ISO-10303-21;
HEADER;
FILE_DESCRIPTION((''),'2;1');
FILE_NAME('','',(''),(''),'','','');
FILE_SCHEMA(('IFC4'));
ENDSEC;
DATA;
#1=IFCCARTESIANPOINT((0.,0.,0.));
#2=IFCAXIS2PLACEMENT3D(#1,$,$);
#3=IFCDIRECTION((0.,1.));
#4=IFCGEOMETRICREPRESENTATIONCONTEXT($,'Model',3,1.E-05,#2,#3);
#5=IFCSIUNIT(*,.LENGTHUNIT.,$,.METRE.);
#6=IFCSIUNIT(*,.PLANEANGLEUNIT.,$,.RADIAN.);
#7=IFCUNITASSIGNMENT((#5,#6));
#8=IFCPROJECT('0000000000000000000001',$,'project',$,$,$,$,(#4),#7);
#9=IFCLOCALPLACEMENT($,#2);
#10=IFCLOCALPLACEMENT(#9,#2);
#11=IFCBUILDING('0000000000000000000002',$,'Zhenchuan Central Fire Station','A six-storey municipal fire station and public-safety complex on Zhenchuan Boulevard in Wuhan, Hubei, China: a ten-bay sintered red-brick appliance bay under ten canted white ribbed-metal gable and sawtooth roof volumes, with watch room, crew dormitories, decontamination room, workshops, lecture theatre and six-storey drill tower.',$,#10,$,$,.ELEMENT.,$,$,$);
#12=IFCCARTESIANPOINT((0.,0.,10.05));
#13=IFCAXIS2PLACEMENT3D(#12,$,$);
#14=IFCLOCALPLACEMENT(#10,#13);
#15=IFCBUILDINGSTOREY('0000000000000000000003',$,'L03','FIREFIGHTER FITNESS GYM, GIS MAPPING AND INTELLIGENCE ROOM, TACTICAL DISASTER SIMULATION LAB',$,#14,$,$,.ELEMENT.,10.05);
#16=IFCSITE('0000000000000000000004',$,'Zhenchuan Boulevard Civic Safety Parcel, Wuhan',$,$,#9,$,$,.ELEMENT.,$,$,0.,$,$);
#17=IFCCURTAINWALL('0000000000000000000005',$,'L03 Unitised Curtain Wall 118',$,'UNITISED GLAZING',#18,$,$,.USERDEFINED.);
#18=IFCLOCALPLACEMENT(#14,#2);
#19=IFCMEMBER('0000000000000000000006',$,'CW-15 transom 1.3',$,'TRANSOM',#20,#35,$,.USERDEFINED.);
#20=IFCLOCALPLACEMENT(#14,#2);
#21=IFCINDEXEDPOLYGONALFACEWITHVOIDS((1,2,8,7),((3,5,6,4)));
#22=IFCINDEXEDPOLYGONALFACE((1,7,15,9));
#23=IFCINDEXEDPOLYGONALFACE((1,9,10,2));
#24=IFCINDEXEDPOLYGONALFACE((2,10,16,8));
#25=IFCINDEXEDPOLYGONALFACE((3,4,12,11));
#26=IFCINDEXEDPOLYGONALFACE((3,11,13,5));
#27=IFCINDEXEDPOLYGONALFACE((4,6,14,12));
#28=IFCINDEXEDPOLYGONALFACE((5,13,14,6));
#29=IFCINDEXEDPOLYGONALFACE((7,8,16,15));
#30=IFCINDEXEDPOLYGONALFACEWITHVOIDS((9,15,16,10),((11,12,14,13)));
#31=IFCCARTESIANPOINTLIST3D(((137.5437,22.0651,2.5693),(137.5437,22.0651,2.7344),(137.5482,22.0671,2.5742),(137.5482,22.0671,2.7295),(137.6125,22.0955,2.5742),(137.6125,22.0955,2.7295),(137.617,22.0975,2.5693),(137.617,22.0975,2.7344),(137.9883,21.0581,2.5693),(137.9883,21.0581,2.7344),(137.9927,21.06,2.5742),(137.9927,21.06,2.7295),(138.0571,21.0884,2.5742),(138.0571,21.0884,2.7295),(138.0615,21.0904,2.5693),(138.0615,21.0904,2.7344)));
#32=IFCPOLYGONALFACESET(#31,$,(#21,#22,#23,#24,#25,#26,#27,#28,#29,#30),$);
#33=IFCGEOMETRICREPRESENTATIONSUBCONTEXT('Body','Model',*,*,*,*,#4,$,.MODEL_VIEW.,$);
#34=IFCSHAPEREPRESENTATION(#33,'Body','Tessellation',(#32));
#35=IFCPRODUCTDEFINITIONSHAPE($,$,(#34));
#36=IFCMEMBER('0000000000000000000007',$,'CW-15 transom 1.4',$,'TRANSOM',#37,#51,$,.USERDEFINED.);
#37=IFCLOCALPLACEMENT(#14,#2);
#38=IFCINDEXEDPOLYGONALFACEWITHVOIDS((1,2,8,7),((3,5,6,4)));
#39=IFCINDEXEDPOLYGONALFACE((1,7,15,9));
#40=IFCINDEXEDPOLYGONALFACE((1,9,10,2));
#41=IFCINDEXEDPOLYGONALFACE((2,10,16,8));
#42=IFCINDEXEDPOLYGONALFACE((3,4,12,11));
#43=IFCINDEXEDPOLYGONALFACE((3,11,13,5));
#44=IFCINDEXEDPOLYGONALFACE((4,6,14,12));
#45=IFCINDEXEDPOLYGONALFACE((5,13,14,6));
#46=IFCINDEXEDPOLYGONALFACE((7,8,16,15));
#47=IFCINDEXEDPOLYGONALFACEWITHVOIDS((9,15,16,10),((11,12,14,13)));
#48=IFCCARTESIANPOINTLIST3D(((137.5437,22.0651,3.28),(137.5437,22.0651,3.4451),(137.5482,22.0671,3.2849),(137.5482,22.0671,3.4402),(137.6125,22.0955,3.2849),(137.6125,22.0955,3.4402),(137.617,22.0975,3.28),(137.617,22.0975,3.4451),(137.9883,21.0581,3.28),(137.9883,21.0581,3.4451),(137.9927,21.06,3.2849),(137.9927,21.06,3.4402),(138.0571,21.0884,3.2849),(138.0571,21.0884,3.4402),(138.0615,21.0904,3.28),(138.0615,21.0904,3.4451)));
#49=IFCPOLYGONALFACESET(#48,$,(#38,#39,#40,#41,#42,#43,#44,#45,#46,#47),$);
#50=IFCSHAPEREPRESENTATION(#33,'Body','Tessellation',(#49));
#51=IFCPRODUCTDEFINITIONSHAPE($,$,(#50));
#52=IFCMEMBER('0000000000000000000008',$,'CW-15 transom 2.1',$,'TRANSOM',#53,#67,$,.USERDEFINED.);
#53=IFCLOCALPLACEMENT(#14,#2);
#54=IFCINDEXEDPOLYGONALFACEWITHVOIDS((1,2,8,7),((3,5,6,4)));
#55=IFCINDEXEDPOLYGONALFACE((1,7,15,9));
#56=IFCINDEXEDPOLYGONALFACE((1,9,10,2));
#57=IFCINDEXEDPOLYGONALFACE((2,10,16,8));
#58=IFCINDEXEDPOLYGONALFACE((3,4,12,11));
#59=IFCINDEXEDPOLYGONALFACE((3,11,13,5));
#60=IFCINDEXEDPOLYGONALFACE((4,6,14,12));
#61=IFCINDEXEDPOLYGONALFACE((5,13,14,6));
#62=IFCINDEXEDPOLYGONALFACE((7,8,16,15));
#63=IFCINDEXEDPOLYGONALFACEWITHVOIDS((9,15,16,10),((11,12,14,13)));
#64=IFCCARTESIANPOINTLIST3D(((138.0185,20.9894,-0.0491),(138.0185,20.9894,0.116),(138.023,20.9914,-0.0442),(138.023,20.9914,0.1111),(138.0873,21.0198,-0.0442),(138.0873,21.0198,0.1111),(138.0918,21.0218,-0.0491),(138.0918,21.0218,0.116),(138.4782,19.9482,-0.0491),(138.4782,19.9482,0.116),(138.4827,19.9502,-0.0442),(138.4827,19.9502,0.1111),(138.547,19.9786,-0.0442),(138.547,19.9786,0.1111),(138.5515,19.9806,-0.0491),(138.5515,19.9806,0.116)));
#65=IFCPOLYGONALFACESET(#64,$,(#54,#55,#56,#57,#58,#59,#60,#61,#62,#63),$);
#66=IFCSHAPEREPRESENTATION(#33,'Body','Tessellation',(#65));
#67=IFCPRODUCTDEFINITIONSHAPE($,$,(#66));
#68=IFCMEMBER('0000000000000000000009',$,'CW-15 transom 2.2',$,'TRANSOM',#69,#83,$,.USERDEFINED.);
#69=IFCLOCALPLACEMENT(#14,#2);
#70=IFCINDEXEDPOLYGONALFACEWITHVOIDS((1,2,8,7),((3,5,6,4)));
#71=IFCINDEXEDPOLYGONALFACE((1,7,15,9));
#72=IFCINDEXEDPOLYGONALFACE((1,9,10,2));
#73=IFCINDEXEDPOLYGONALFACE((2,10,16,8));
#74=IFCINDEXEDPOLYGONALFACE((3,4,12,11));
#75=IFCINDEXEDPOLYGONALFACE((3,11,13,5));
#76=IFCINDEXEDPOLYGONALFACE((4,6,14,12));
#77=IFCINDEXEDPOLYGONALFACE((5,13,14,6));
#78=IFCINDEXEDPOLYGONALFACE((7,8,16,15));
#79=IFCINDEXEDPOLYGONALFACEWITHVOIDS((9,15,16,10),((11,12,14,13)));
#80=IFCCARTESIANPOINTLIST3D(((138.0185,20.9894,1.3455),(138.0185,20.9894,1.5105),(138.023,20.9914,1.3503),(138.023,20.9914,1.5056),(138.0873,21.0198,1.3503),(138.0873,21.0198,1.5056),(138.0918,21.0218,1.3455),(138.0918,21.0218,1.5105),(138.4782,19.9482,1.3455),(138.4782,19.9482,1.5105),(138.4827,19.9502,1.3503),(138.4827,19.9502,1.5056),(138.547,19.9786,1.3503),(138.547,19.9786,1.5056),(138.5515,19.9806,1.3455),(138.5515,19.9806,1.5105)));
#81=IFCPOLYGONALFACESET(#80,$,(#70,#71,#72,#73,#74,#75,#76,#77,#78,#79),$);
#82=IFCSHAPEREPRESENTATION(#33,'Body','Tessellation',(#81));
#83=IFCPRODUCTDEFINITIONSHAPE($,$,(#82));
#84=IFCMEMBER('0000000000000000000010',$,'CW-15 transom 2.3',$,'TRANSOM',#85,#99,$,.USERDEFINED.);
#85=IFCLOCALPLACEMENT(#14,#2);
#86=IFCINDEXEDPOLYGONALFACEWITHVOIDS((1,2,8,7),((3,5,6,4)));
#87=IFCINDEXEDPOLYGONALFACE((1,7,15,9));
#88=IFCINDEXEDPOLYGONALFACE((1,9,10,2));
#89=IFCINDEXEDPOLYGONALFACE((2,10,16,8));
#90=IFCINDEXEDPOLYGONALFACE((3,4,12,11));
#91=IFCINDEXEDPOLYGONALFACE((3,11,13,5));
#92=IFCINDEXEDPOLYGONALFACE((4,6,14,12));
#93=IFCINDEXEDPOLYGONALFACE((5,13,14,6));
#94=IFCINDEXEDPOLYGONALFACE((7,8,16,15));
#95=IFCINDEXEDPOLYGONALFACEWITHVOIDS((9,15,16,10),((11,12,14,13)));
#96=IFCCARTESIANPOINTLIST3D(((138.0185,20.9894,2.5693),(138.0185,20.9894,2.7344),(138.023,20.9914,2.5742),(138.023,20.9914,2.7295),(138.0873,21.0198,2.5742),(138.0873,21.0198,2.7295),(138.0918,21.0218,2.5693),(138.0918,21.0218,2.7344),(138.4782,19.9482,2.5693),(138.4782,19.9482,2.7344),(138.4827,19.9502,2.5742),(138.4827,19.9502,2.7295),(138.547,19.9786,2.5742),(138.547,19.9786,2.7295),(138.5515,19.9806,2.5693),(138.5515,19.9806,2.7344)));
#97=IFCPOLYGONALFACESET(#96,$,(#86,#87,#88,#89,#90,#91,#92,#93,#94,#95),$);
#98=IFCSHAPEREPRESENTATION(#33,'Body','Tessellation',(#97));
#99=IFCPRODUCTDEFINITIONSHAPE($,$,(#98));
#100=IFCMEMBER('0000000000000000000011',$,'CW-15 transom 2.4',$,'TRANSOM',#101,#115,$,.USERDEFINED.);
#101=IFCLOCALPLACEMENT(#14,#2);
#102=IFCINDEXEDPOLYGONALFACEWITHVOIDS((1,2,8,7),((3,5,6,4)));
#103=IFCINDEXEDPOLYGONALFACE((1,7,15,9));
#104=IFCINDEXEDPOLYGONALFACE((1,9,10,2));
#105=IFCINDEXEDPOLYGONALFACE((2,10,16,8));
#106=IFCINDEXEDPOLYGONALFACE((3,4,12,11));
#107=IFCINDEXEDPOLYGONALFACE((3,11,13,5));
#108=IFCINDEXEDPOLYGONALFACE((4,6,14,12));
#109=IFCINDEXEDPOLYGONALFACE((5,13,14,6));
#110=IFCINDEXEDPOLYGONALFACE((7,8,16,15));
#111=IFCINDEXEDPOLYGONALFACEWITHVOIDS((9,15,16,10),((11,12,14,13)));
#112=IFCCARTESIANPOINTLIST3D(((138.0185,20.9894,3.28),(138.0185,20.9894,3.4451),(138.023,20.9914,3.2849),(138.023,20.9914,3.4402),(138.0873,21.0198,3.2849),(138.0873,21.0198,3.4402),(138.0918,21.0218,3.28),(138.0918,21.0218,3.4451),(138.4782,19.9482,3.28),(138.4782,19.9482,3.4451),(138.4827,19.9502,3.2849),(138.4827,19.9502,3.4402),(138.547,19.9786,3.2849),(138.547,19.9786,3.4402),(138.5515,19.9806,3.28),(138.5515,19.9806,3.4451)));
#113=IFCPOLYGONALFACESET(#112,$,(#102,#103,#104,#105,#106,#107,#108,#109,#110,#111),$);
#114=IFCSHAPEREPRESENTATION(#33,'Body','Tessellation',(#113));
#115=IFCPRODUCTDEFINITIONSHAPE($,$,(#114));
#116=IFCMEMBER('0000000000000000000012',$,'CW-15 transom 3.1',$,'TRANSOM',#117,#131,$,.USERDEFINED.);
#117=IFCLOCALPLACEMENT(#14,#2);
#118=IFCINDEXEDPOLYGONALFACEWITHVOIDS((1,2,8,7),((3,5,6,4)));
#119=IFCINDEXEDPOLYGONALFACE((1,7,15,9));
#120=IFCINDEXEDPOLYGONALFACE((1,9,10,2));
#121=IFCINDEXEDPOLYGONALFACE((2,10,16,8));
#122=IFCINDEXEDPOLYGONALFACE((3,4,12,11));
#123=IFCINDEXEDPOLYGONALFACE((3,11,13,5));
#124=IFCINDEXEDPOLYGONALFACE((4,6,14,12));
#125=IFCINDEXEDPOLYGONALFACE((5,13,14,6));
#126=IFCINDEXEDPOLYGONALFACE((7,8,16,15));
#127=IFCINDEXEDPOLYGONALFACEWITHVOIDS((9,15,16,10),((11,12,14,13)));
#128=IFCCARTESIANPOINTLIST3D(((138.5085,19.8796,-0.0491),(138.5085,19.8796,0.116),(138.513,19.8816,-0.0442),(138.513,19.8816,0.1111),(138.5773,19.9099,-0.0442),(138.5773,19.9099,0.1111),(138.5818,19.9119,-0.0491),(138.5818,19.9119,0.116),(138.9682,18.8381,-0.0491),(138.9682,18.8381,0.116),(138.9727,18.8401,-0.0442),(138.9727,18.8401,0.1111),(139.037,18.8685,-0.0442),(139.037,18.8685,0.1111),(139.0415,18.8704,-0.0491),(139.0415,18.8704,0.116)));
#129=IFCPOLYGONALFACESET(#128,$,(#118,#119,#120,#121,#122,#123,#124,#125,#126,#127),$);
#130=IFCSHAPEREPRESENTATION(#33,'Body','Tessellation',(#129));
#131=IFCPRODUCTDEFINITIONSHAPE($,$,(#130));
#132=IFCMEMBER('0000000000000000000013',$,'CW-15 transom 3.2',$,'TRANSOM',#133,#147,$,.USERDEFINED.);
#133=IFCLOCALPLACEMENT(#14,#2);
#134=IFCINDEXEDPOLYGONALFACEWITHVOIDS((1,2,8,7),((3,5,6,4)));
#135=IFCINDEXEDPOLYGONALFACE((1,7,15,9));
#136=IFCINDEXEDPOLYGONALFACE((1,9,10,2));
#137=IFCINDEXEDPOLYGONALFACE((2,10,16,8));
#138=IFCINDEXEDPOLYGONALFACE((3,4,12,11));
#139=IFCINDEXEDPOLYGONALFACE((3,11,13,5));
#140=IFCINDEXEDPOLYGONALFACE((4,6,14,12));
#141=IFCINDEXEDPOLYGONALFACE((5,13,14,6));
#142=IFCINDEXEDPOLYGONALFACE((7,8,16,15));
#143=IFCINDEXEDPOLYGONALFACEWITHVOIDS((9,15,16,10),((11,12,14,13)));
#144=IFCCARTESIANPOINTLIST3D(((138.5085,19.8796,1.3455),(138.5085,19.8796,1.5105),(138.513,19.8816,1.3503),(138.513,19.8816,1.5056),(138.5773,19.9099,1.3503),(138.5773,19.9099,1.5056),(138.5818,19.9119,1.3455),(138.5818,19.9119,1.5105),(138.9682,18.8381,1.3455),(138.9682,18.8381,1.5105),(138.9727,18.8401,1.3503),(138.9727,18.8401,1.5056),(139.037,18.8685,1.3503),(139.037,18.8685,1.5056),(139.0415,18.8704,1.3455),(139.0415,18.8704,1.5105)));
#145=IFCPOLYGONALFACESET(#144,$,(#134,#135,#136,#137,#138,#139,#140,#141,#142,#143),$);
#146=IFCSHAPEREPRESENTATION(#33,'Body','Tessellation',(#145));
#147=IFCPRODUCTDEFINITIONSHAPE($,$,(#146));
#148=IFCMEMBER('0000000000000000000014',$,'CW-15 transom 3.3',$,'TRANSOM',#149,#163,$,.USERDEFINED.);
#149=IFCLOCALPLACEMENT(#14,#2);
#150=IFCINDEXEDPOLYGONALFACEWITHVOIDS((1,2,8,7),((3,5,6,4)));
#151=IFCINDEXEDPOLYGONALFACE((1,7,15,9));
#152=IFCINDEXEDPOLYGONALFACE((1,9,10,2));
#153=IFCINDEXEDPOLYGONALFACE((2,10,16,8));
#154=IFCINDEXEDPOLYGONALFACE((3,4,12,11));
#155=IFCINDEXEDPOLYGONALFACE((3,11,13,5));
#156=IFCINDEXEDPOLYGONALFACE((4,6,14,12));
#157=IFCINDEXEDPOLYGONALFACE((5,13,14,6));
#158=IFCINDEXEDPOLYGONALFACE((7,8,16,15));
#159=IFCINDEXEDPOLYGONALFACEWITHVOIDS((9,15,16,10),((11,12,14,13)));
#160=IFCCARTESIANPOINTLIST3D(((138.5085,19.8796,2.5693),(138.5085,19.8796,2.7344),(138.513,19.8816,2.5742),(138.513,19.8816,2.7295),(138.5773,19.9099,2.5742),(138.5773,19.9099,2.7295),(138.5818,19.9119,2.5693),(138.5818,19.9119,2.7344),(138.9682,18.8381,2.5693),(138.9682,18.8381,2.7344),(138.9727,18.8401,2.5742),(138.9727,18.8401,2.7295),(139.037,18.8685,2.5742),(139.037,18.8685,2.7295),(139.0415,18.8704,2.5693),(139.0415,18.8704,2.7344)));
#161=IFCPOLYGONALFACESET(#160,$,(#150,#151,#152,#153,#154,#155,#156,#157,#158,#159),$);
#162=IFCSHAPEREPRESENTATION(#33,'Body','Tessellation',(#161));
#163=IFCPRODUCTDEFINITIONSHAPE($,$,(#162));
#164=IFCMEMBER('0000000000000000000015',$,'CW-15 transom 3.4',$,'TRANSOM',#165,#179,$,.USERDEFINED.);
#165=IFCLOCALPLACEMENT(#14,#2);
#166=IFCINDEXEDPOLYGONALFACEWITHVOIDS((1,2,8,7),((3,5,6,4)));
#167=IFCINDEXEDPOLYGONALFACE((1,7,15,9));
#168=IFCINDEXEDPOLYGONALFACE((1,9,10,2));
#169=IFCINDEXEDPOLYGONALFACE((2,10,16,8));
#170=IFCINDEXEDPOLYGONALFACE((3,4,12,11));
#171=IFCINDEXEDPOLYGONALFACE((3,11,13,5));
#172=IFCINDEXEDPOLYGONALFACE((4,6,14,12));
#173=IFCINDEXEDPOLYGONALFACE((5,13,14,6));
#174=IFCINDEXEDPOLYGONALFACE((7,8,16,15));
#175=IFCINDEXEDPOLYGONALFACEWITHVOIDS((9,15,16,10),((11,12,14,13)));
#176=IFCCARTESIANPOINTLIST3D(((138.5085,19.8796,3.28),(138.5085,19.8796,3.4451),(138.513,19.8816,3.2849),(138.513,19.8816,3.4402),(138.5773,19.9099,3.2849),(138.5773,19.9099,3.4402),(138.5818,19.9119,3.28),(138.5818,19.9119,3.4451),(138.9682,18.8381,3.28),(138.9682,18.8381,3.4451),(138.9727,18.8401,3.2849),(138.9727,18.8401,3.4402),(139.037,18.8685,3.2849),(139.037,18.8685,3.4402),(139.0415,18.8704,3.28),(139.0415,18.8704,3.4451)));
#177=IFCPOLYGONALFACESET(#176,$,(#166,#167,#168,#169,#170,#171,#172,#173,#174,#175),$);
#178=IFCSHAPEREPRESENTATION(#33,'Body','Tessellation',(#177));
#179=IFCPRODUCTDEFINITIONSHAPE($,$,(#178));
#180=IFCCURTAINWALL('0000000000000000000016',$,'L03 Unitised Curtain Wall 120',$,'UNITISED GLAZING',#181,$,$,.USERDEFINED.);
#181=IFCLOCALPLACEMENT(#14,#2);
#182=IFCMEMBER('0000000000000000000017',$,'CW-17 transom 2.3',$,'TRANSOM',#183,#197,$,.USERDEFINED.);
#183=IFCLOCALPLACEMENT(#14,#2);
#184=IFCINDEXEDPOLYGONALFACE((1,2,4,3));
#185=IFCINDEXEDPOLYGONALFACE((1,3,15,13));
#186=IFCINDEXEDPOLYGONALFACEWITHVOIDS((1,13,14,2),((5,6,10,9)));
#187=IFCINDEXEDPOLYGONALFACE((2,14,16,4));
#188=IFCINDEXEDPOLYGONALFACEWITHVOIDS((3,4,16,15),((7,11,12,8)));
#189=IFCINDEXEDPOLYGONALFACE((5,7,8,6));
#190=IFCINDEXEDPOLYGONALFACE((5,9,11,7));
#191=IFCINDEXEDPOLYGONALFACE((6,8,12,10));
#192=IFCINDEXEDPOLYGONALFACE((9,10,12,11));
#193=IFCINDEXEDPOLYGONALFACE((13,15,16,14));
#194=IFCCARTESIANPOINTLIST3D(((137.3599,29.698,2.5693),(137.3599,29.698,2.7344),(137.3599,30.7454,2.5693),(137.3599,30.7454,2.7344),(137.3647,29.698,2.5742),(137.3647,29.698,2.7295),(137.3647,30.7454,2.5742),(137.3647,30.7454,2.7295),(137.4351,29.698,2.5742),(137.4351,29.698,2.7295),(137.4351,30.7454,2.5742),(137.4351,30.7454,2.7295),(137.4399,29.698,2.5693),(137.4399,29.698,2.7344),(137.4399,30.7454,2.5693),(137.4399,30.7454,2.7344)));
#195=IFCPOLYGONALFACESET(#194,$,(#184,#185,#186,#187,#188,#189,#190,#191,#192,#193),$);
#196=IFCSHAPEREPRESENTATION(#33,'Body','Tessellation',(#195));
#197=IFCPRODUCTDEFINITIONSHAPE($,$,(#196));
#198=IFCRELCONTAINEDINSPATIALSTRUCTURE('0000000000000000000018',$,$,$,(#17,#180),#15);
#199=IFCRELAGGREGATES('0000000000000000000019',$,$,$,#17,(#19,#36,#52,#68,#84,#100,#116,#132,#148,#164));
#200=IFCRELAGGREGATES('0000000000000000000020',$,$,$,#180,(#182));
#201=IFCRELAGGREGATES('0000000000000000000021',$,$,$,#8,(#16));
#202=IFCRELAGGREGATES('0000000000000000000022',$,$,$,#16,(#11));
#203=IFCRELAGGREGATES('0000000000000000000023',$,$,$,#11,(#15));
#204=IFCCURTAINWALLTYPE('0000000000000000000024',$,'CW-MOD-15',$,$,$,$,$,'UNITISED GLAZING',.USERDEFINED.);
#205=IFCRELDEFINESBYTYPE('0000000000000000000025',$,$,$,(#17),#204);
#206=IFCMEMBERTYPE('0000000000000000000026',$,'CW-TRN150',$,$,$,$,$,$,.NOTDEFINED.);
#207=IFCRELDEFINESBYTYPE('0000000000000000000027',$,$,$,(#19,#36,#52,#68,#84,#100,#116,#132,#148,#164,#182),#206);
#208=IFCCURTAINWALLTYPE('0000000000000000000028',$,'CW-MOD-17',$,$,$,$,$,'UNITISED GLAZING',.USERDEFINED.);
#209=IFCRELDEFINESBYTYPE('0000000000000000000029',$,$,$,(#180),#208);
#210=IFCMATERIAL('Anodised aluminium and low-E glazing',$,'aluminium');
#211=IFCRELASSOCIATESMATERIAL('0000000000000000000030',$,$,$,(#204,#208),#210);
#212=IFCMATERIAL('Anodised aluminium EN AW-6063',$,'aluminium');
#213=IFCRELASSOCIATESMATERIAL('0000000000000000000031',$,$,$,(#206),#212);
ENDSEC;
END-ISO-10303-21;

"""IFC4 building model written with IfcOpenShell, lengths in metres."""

from ifc_helpers import new_model, si_unit, direction, frame, origin, origin_2d, place, context, subcontext, project, spatial, hollow_rectangle, extrude, material, material_profile, profile_set, type_object, element, aggregate, save


model = new_model("IFC4")

# Units and contexts
model_context = context("Model", 3, precision=1e-05, world=origin(), true_north=direction((0.0, 1.0)))
body_context = subcontext(model_context, "Body", "Model", "MODEL_VIEW")
ifc_project = project(units=[si_unit("LENGTHUNIT", "METRE"), si_unit("PLANEANGLEUNIT", "RADIAN")], contexts=[model_context])

# Site, building, storey
site_placement = place(None, origin())
site = spatial("IfcSite", under=ifc_project, at=site_placement, Name="Zhenchuan Boulevard Civic Safety Parcel, Wuhan", CompositionType="ELEMENT", RefElevation=0.0)
building_placement = place(site_placement, origin())
building = spatial("IfcBuilding", under=site, at=building_placement, Name="Zhenchuan Central Fire Station", Description="A six-storey municipal fire station and public-safety complex on Zhenchuan Boulevard in Wuhan, Hubei, China: a ten-bay sintered red-brick appliance bay under ten canted white ribbed-metal gable and sawtooth roof volumes, with watch room, crew dormitories, decontamination room, workshops, lecture theatre and six-storey drill tower.", CompositionType="ELEMENT")
storey_placement = place(building_placement, frame((0.0, 0.0, 10.05)))
storey = spatial("IfcBuildingStorey", under=building, at=storey_placement, Name="L03", Description="FIREFIGHTER FITNESS GYM, GIS MAPPING AND INTELLIGENCE ROOM, TACTICAL DISASTER SIMULATION LAB", CompositionType="ELEMENT", Elevation=10.05)

# Curtain walls, members
ifc_material_1 = material(Name="Anodised aluminium and low-E glazing", Category="aluminium")
curtain_wall_type_1 = type_object("IfcCurtainWallType", Name="CW-MOD-15", ElementType="UNITISED GLAZING", PredefinedType="USERDEFINED", material=ifc_material_1)
curtain_wall_1_placement = place(storey_placement, origin())
curtain_wall_1 = element("IfcCurtainWall", 1, at=curtain_wall_1_placement, inside=storey, type_object=curtain_wall_type_1, Name="L03 Unitised Curtain Wall 118", ObjectType="UNITISED GLAZING", PredefinedType="USERDEFINED")
ifc_material_2 = material(Name="Anodised aluminium EN AW-6063", Category="aluminium")
ifc_material_profile_1 = material_profile(ifc_material_2, hollow_rectangle(XDim=0.0801, YDim=0.165, WallThickness=0.0049, at=origin_2d()), Name="ALU-T 165x80")
ifc_profile_set_1 = profile_set([ifc_material_profile_1], Name="Anodised aluminium EN AW-6063")
member_type_1 = type_object("IfcMemberType", Name="CW-TRN150", PredefinedType="NOTDEFINED", material=ifc_profile_set_1)
member_1_placement = place(storey_placement, frame((137.5803, 22.0813, 2.6519), z_axis=(0.403853, -0.914824, 0.0), x_axis=(0.914824, 0.403853, 0.0)))
member_1 = element("IfcMember", 2, at=member_1_placement, type_object=member_type_1, Name="CW-15 transom 1.3", ObjectType="TRANSOM", PredefinedType="USERDEFINED", context=body_context, shape_type="SweptSolid", body=[
    extrude(hollow_rectangle(XDim=0.0801, YDim=0.165, WallThickness=0.0049, at=origin_2d()), origin(), (0.0, 0.0, 1.0), 1.1008),
])
member_2_placement = place(storey_placement, frame((137.5803, 22.0813, 3.3625), z_axis=(0.403853, -0.914824, 0.0), x_axis=(0.914824, 0.403853, 0.0)))
member_2 = element("IfcMember", 3, at=member_2_placement, type_object=member_type_1, Name="CW-15 transom 1.4", ObjectType="TRANSOM", PredefinedType="USERDEFINED", context=body_context, shape_type="SweptSolid", body=[
    extrude(hollow_rectangle(XDim=0.0801, YDim=0.165, WallThickness=0.0049, at=origin_2d()), origin(), (0.0, 0.0, 1.0), 1.1008),
])
member_3_placement = place(storey_placement, frame((138.0552, 21.0056, 0.0334), z_axis=(0.403888, -0.914808, 0.0), x_axis=(0.914808, 0.403888, 0.0)))
member_3 = element("IfcMember", 4, at=member_3_placement, type_object=member_type_1, Name="CW-15 transom 2.1", ObjectType="TRANSOM", PredefinedType="USERDEFINED", context=body_context, shape_type="SweptSolid", body=[
    extrude(hollow_rectangle(XDim=0.0801, YDim=0.165, WallThickness=0.0049, at=origin_2d()), origin(), (0.0, 0.0, 1.0), 1.1382),
])
member_4_placement = place(storey_placement, frame((138.0552, 21.0056, 1.428), z_axis=(0.403888, -0.914808, 0.0), x_axis=(0.914808, 0.403888, 0.0)))
member_4 = element("IfcMember", 5, at=member_4_placement, type_object=member_type_1, Name="CW-15 transom 2.2", ObjectType="TRANSOM", PredefinedType="USERDEFINED", context=body_context, shape_type="SweptSolid", body=[
    extrude(hollow_rectangle(XDim=0.0801, YDim=0.165, WallThickness=0.0049, at=origin_2d()), origin(), (0.0, 0.0, 1.0), 1.1382),
])
member_5_placement = place(storey_placement, frame((138.0552, 21.0056, 2.6519), z_axis=(0.403888, -0.914808, 0.0), x_axis=(0.914808, 0.403888, 0.0)))
member_5 = element("IfcMember", 6, at=member_5_placement, type_object=member_type_1, Name="CW-15 transom 2.3", ObjectType="TRANSOM", PredefinedType="USERDEFINED", context=body_context, shape_type="SweptSolid", body=[
    extrude(hollow_rectangle(XDim=0.0801, YDim=0.165, WallThickness=0.0049, at=origin_2d()), origin(), (0.0, 0.0, 1.0), 1.1382),
])
member_6_placement = place(storey_placement, frame((138.0552, 21.0056, 3.3625), z_axis=(0.403888, -0.914808, 0.0), x_axis=(0.914808, 0.403888, 0.0)))
member_6 = element("IfcMember", 7, at=member_6_placement, type_object=member_type_1, Name="CW-15 transom 2.4", ObjectType="TRANSOM", PredefinedType="USERDEFINED", context=body_context, shape_type="SweptSolid", body=[
    extrude(hollow_rectangle(XDim=0.0801, YDim=0.165, WallThickness=0.0049, at=origin_2d()), origin(), (0.0, 0.0, 1.0), 1.1382),
])
member_7_placement = place(storey_placement, frame((138.5452, 19.8958, 0.0334), z_axis=(0.403809, -0.914843, 0.0), x_axis=(0.914843, 0.403809, 0.0)))
member_7 = element("IfcMember", 8, at=member_7_placement, type_object=member_type_1, Name="CW-15 transom 3.1", ObjectType="TRANSOM", PredefinedType="USERDEFINED", context=body_context, shape_type="SweptSolid", body=[
    extrude(hollow_rectangle(XDim=0.0801, YDim=0.165, WallThickness=0.0049, at=origin_2d()), origin(), (0.0, 0.0, 1.0), 1.1384),
])
member_8_placement = place(storey_placement, frame((138.5452, 19.8958, 1.428), z_axis=(0.403809, -0.914843, 0.0), x_axis=(0.914843, 0.403809, 0.0)))
member_8 = element("IfcMember", 9, at=member_8_placement, type_object=member_type_1, Name="CW-15 transom 3.2", ObjectType="TRANSOM", PredefinedType="USERDEFINED", context=body_context, shape_type="SweptSolid", body=[
    extrude(hollow_rectangle(XDim=0.0801, YDim=0.165, WallThickness=0.0049, at=origin_2d()), origin(), (0.0, 0.0, 1.0), 1.1384),
])
member_9_placement = place(storey_placement, frame((138.5452, 19.8958, 2.6519), z_axis=(0.403809, -0.914843, 0.0), x_axis=(0.914843, 0.403809, 0.0)))
member_9 = element("IfcMember", 10, at=member_9_placement, type_object=member_type_1, Name="CW-15 transom 3.3", ObjectType="TRANSOM", PredefinedType="USERDEFINED", context=body_context, shape_type="SweptSolid", body=[
    extrude(hollow_rectangle(XDim=0.0801, YDim=0.165, WallThickness=0.0049, at=origin_2d()), origin(), (0.0, 0.0, 1.0), 1.1384),
])
member_10_placement = place(storey_placement, frame((138.5452, 19.8958, 3.3625), z_axis=(0.403809, -0.914843, 0.0), x_axis=(0.914843, 0.403809, 0.0)))
member_10 = element("IfcMember", 11, at=member_10_placement, type_object=member_type_1, Name="CW-15 transom 3.4", ObjectType="TRANSOM", PredefinedType="USERDEFINED", context=body_context, shape_type="SweptSolid", body=[
    extrude(hollow_rectangle(XDim=0.0801, YDim=0.165, WallThickness=0.0049, at=origin_2d()), origin(), (0.0, 0.0, 1.0), 1.1384),
])
curtain_wall_type_2 = type_object("IfcCurtainWallType", Name="CW-MOD-17", ElementType="UNITISED GLAZING", PredefinedType="USERDEFINED", material=ifc_material_1)
curtain_wall_2_placement = place(storey_placement, origin())
curtain_wall_2 = element("IfcCurtainWall", 12, at=curtain_wall_2_placement, inside=storey, type_object=curtain_wall_type_2, Name="L03 Unitised Curtain Wall 120", ObjectType="UNITISED GLAZING", PredefinedType="USERDEFINED")
member_11_placement = place(storey_placement, frame((137.3999, 29.698, 2.6519), z_axis=(0.0, 1.0, 0.0), x_axis=(-1.0, 0.0, 0.0)))
member_11 = element("IfcMember", 13, at=member_11_placement, type_object=member_type_1, Name="CW-17 transom 2.3", ObjectType="TRANSOM", PredefinedType="USERDEFINED", context=body_context, shape_type="SweptSolid", body=[
    extrude(hollow_rectangle(XDim=0.0801, YDim=0.165, WallThickness=0.0049, at=origin_2d()), origin(), (0.0, 0.0, 1.0), 1.0474),
])

aggregate(curtain_wall_1, [member_1, member_2, member_3, member_4, member_5, member_6, member_7, member_8, member_9, member_10])
aggregate(curtain_wall_2, [member_11])

save(model, "model.ifc")
